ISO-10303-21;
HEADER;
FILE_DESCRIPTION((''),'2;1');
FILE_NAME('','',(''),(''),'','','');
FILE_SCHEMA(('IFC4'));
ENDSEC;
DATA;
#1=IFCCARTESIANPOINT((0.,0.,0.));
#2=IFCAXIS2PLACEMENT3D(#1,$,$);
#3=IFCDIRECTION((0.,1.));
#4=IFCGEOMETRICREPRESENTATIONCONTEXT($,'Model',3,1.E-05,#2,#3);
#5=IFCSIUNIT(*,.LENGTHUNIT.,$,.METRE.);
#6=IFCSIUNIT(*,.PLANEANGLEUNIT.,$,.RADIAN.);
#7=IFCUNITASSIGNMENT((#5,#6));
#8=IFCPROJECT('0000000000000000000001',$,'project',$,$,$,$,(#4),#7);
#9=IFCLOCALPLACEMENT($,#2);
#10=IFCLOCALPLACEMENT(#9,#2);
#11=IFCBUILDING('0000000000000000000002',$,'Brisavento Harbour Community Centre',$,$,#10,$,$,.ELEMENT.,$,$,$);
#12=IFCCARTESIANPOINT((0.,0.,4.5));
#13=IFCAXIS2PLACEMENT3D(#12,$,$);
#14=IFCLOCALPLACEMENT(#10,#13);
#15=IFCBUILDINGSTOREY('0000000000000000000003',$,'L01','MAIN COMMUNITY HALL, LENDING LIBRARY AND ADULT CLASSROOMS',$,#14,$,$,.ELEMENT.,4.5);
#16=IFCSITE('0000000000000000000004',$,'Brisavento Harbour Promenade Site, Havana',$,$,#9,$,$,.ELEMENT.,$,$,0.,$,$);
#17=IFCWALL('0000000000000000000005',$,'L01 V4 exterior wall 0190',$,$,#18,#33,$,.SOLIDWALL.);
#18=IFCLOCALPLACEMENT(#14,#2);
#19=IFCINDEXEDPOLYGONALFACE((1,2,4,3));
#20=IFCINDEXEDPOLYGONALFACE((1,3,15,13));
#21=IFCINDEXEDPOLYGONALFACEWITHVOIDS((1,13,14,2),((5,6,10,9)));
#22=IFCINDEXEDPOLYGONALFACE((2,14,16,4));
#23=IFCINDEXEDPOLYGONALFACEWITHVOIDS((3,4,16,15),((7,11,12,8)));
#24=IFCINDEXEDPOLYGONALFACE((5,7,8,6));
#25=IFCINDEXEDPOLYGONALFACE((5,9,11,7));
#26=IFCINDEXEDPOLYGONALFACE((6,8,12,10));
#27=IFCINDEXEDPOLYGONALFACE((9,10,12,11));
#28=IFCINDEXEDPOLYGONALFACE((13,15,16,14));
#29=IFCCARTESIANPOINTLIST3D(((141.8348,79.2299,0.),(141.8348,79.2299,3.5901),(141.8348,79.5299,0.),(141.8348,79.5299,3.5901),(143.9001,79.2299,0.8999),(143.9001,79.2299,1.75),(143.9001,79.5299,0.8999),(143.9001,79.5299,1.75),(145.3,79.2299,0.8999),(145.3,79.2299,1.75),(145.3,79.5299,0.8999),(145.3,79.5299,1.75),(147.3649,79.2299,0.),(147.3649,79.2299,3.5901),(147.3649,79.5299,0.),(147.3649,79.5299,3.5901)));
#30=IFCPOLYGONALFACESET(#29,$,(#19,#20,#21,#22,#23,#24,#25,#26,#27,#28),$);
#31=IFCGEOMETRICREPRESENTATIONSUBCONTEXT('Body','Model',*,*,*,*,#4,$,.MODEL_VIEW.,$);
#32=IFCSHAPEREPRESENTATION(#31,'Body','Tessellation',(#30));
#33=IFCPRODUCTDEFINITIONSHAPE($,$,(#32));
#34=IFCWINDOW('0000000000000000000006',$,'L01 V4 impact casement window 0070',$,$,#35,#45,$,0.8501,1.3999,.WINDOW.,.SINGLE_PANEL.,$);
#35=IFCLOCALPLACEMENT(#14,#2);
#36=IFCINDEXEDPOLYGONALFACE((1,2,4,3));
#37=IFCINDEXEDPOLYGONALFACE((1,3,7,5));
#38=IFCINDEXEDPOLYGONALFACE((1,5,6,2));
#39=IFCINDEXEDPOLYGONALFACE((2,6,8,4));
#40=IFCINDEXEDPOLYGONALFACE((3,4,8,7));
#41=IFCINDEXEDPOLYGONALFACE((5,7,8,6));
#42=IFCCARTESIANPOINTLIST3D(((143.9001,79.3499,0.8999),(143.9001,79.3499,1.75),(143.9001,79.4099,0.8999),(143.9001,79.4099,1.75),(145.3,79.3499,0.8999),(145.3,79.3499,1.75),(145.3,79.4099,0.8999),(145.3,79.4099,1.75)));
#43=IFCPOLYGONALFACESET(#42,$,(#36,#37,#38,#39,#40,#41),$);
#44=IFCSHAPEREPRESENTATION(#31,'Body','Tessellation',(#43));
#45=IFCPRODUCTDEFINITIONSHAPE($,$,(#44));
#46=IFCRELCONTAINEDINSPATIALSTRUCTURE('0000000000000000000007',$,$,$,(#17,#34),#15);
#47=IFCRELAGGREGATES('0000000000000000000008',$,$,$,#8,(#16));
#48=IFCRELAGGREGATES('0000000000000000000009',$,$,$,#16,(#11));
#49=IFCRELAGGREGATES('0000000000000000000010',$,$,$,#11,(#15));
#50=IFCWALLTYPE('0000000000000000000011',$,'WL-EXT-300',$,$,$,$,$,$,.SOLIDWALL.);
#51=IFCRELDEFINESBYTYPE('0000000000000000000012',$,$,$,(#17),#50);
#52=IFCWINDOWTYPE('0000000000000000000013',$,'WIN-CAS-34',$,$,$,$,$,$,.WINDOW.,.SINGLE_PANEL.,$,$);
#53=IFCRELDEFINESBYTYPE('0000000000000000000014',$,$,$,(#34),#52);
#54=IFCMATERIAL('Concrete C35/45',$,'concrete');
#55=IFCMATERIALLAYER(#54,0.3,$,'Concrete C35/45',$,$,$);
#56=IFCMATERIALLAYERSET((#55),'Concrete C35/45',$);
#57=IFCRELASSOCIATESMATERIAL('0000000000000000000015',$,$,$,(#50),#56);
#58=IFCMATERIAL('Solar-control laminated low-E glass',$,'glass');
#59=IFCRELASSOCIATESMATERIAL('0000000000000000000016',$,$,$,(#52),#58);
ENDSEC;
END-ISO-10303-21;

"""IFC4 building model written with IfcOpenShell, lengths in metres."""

from ifc_helpers import new_model, si_unit, direction, frame, frame_2d, origin, place, context, subcontext, project, spatial, rectangle, extrude, material, layer, layer_set, type_object, element, fill, save


model = new_model("IFC4")

# Units and contexts
model_context = context("Model", 3, precision=1e-05, world=origin(), true_north=direction((0.0, 1.0)))
body_context = subcontext(model_context, "Body", "Model", "MODEL_VIEW")
ifc_project = project(units=[si_unit("LENGTHUNIT", "METRE"), si_unit("PLANEANGLEUNIT", "RADIAN")], contexts=[model_context])

# Site, building, storey
site_placement = place(None, origin())
site = spatial("IfcSite", under=ifc_project, at=site_placement, Name="Brisavento Harbour Promenade Site, Havana", CompositionType="ELEMENT", RefElevation=0.0)
building_placement = place(site_placement, origin())
building = spatial("IfcBuilding", under=site, at=building_placement, Name="Brisavento Harbour Community Centre", CompositionType="ELEMENT")
storey_placement = place(building_placement, frame((0.0, 0.0, 4.5)))
storey = spatial("IfcBuildingStorey", under=building, at=storey_placement, Name="L01", Description="MAIN COMMUNITY HALL, LENDING LIBRARY AND ADULT CLASSROOMS", CompositionType="ELEMENT", Elevation=4.5)

# Wall, opening, window
ifc_material_1 = material(Name="Solar-control laminated low-E glass", Category="glass")
ifc_material_2 = material(Name="Concrete C35/45", Category="concrete")
ifc_layer_1 = layer(ifc_material_2, 0.3, Name="Concrete C35/45")
ifc_layer_set_1 = layer_set([ifc_layer_1], Name="Concrete C35/45")
wall_type_1 = type_object("IfcWallType", Name="WL-EXT-300", PredefinedType="SOLIDWALL", material=ifc_layer_set_1)
wall_1_placement = place(storey_placement, frame((147.365, 79.3799, 0.0), z_axis=(0.0, 0.0, 1.0), x_axis=(-1.0, 0.0, 0.0)))
wall_1 = element("IfcWall", 1, at=wall_1_placement, inside=storey, type_object=wall_type_1, Name="L01 V4 exterior wall 0190", PredefinedType="SOLIDWALL", context=body_context, shape_type="SweptSolid", body=[
    extrude(rectangle(XDim=5.53, YDim=0.3, at=frame_2d((2.7651, 0.0))), origin(), (0.0, 0.0, 1.0), 3.5901),
])
opening_1_placement = place(wall_1_placement, frame((2.0649, 0.0, 0.8999)))
opening_1 = element("IfcOpeningElement", 2, at=opening_1_placement, cuts=wall_1, PredefinedType="OPENING", context=body_context, shape_type="SweptSolid", body=[
    extrude(rectangle(XDim=1.3999, YDim=0.8501, at=frame_2d((0.7, 0.425))), frame((0.0, 0.1602, 0.0), z_axis=(0.0, -1.0, 0.0), x_axis=(1.0, 0.0, 0.0)), (0.0, 0.0, 1.0), 0.3201),
])
window_type_1 = type_object("IfcWindowType", Name="WIN-CAS-34", PartitioningType="SINGLE_PANEL", PredefinedType="WINDOW", material=ifc_material_1)
window_1_placement = place(opening_1_placement, origin())
window_1 = element("IfcWindow", 3, at=window_1_placement, inside=storey, type_object=window_type_1, Name="L01 V4 impact casement window 0070", OverallHeight=0.8501, OverallWidth=1.3999, PartitioningType="SINGLE_PANEL", PredefinedType="WINDOW", context=body_context, shape_type="SweptSolid", body=[
    extrude(rectangle(XDim=1.3999, YDim=0.8501, at=frame_2d((0.7, 0.425))), frame((0.0, 0.03, 0.0), z_axis=(0.0, -1.0, 0.0), x_axis=(1.0, 0.0, 0.0)), (0.0, 0.0, 1.0), 0.0601),
])
fill(opening_1, window_1)

save(model, "model.ifc")
